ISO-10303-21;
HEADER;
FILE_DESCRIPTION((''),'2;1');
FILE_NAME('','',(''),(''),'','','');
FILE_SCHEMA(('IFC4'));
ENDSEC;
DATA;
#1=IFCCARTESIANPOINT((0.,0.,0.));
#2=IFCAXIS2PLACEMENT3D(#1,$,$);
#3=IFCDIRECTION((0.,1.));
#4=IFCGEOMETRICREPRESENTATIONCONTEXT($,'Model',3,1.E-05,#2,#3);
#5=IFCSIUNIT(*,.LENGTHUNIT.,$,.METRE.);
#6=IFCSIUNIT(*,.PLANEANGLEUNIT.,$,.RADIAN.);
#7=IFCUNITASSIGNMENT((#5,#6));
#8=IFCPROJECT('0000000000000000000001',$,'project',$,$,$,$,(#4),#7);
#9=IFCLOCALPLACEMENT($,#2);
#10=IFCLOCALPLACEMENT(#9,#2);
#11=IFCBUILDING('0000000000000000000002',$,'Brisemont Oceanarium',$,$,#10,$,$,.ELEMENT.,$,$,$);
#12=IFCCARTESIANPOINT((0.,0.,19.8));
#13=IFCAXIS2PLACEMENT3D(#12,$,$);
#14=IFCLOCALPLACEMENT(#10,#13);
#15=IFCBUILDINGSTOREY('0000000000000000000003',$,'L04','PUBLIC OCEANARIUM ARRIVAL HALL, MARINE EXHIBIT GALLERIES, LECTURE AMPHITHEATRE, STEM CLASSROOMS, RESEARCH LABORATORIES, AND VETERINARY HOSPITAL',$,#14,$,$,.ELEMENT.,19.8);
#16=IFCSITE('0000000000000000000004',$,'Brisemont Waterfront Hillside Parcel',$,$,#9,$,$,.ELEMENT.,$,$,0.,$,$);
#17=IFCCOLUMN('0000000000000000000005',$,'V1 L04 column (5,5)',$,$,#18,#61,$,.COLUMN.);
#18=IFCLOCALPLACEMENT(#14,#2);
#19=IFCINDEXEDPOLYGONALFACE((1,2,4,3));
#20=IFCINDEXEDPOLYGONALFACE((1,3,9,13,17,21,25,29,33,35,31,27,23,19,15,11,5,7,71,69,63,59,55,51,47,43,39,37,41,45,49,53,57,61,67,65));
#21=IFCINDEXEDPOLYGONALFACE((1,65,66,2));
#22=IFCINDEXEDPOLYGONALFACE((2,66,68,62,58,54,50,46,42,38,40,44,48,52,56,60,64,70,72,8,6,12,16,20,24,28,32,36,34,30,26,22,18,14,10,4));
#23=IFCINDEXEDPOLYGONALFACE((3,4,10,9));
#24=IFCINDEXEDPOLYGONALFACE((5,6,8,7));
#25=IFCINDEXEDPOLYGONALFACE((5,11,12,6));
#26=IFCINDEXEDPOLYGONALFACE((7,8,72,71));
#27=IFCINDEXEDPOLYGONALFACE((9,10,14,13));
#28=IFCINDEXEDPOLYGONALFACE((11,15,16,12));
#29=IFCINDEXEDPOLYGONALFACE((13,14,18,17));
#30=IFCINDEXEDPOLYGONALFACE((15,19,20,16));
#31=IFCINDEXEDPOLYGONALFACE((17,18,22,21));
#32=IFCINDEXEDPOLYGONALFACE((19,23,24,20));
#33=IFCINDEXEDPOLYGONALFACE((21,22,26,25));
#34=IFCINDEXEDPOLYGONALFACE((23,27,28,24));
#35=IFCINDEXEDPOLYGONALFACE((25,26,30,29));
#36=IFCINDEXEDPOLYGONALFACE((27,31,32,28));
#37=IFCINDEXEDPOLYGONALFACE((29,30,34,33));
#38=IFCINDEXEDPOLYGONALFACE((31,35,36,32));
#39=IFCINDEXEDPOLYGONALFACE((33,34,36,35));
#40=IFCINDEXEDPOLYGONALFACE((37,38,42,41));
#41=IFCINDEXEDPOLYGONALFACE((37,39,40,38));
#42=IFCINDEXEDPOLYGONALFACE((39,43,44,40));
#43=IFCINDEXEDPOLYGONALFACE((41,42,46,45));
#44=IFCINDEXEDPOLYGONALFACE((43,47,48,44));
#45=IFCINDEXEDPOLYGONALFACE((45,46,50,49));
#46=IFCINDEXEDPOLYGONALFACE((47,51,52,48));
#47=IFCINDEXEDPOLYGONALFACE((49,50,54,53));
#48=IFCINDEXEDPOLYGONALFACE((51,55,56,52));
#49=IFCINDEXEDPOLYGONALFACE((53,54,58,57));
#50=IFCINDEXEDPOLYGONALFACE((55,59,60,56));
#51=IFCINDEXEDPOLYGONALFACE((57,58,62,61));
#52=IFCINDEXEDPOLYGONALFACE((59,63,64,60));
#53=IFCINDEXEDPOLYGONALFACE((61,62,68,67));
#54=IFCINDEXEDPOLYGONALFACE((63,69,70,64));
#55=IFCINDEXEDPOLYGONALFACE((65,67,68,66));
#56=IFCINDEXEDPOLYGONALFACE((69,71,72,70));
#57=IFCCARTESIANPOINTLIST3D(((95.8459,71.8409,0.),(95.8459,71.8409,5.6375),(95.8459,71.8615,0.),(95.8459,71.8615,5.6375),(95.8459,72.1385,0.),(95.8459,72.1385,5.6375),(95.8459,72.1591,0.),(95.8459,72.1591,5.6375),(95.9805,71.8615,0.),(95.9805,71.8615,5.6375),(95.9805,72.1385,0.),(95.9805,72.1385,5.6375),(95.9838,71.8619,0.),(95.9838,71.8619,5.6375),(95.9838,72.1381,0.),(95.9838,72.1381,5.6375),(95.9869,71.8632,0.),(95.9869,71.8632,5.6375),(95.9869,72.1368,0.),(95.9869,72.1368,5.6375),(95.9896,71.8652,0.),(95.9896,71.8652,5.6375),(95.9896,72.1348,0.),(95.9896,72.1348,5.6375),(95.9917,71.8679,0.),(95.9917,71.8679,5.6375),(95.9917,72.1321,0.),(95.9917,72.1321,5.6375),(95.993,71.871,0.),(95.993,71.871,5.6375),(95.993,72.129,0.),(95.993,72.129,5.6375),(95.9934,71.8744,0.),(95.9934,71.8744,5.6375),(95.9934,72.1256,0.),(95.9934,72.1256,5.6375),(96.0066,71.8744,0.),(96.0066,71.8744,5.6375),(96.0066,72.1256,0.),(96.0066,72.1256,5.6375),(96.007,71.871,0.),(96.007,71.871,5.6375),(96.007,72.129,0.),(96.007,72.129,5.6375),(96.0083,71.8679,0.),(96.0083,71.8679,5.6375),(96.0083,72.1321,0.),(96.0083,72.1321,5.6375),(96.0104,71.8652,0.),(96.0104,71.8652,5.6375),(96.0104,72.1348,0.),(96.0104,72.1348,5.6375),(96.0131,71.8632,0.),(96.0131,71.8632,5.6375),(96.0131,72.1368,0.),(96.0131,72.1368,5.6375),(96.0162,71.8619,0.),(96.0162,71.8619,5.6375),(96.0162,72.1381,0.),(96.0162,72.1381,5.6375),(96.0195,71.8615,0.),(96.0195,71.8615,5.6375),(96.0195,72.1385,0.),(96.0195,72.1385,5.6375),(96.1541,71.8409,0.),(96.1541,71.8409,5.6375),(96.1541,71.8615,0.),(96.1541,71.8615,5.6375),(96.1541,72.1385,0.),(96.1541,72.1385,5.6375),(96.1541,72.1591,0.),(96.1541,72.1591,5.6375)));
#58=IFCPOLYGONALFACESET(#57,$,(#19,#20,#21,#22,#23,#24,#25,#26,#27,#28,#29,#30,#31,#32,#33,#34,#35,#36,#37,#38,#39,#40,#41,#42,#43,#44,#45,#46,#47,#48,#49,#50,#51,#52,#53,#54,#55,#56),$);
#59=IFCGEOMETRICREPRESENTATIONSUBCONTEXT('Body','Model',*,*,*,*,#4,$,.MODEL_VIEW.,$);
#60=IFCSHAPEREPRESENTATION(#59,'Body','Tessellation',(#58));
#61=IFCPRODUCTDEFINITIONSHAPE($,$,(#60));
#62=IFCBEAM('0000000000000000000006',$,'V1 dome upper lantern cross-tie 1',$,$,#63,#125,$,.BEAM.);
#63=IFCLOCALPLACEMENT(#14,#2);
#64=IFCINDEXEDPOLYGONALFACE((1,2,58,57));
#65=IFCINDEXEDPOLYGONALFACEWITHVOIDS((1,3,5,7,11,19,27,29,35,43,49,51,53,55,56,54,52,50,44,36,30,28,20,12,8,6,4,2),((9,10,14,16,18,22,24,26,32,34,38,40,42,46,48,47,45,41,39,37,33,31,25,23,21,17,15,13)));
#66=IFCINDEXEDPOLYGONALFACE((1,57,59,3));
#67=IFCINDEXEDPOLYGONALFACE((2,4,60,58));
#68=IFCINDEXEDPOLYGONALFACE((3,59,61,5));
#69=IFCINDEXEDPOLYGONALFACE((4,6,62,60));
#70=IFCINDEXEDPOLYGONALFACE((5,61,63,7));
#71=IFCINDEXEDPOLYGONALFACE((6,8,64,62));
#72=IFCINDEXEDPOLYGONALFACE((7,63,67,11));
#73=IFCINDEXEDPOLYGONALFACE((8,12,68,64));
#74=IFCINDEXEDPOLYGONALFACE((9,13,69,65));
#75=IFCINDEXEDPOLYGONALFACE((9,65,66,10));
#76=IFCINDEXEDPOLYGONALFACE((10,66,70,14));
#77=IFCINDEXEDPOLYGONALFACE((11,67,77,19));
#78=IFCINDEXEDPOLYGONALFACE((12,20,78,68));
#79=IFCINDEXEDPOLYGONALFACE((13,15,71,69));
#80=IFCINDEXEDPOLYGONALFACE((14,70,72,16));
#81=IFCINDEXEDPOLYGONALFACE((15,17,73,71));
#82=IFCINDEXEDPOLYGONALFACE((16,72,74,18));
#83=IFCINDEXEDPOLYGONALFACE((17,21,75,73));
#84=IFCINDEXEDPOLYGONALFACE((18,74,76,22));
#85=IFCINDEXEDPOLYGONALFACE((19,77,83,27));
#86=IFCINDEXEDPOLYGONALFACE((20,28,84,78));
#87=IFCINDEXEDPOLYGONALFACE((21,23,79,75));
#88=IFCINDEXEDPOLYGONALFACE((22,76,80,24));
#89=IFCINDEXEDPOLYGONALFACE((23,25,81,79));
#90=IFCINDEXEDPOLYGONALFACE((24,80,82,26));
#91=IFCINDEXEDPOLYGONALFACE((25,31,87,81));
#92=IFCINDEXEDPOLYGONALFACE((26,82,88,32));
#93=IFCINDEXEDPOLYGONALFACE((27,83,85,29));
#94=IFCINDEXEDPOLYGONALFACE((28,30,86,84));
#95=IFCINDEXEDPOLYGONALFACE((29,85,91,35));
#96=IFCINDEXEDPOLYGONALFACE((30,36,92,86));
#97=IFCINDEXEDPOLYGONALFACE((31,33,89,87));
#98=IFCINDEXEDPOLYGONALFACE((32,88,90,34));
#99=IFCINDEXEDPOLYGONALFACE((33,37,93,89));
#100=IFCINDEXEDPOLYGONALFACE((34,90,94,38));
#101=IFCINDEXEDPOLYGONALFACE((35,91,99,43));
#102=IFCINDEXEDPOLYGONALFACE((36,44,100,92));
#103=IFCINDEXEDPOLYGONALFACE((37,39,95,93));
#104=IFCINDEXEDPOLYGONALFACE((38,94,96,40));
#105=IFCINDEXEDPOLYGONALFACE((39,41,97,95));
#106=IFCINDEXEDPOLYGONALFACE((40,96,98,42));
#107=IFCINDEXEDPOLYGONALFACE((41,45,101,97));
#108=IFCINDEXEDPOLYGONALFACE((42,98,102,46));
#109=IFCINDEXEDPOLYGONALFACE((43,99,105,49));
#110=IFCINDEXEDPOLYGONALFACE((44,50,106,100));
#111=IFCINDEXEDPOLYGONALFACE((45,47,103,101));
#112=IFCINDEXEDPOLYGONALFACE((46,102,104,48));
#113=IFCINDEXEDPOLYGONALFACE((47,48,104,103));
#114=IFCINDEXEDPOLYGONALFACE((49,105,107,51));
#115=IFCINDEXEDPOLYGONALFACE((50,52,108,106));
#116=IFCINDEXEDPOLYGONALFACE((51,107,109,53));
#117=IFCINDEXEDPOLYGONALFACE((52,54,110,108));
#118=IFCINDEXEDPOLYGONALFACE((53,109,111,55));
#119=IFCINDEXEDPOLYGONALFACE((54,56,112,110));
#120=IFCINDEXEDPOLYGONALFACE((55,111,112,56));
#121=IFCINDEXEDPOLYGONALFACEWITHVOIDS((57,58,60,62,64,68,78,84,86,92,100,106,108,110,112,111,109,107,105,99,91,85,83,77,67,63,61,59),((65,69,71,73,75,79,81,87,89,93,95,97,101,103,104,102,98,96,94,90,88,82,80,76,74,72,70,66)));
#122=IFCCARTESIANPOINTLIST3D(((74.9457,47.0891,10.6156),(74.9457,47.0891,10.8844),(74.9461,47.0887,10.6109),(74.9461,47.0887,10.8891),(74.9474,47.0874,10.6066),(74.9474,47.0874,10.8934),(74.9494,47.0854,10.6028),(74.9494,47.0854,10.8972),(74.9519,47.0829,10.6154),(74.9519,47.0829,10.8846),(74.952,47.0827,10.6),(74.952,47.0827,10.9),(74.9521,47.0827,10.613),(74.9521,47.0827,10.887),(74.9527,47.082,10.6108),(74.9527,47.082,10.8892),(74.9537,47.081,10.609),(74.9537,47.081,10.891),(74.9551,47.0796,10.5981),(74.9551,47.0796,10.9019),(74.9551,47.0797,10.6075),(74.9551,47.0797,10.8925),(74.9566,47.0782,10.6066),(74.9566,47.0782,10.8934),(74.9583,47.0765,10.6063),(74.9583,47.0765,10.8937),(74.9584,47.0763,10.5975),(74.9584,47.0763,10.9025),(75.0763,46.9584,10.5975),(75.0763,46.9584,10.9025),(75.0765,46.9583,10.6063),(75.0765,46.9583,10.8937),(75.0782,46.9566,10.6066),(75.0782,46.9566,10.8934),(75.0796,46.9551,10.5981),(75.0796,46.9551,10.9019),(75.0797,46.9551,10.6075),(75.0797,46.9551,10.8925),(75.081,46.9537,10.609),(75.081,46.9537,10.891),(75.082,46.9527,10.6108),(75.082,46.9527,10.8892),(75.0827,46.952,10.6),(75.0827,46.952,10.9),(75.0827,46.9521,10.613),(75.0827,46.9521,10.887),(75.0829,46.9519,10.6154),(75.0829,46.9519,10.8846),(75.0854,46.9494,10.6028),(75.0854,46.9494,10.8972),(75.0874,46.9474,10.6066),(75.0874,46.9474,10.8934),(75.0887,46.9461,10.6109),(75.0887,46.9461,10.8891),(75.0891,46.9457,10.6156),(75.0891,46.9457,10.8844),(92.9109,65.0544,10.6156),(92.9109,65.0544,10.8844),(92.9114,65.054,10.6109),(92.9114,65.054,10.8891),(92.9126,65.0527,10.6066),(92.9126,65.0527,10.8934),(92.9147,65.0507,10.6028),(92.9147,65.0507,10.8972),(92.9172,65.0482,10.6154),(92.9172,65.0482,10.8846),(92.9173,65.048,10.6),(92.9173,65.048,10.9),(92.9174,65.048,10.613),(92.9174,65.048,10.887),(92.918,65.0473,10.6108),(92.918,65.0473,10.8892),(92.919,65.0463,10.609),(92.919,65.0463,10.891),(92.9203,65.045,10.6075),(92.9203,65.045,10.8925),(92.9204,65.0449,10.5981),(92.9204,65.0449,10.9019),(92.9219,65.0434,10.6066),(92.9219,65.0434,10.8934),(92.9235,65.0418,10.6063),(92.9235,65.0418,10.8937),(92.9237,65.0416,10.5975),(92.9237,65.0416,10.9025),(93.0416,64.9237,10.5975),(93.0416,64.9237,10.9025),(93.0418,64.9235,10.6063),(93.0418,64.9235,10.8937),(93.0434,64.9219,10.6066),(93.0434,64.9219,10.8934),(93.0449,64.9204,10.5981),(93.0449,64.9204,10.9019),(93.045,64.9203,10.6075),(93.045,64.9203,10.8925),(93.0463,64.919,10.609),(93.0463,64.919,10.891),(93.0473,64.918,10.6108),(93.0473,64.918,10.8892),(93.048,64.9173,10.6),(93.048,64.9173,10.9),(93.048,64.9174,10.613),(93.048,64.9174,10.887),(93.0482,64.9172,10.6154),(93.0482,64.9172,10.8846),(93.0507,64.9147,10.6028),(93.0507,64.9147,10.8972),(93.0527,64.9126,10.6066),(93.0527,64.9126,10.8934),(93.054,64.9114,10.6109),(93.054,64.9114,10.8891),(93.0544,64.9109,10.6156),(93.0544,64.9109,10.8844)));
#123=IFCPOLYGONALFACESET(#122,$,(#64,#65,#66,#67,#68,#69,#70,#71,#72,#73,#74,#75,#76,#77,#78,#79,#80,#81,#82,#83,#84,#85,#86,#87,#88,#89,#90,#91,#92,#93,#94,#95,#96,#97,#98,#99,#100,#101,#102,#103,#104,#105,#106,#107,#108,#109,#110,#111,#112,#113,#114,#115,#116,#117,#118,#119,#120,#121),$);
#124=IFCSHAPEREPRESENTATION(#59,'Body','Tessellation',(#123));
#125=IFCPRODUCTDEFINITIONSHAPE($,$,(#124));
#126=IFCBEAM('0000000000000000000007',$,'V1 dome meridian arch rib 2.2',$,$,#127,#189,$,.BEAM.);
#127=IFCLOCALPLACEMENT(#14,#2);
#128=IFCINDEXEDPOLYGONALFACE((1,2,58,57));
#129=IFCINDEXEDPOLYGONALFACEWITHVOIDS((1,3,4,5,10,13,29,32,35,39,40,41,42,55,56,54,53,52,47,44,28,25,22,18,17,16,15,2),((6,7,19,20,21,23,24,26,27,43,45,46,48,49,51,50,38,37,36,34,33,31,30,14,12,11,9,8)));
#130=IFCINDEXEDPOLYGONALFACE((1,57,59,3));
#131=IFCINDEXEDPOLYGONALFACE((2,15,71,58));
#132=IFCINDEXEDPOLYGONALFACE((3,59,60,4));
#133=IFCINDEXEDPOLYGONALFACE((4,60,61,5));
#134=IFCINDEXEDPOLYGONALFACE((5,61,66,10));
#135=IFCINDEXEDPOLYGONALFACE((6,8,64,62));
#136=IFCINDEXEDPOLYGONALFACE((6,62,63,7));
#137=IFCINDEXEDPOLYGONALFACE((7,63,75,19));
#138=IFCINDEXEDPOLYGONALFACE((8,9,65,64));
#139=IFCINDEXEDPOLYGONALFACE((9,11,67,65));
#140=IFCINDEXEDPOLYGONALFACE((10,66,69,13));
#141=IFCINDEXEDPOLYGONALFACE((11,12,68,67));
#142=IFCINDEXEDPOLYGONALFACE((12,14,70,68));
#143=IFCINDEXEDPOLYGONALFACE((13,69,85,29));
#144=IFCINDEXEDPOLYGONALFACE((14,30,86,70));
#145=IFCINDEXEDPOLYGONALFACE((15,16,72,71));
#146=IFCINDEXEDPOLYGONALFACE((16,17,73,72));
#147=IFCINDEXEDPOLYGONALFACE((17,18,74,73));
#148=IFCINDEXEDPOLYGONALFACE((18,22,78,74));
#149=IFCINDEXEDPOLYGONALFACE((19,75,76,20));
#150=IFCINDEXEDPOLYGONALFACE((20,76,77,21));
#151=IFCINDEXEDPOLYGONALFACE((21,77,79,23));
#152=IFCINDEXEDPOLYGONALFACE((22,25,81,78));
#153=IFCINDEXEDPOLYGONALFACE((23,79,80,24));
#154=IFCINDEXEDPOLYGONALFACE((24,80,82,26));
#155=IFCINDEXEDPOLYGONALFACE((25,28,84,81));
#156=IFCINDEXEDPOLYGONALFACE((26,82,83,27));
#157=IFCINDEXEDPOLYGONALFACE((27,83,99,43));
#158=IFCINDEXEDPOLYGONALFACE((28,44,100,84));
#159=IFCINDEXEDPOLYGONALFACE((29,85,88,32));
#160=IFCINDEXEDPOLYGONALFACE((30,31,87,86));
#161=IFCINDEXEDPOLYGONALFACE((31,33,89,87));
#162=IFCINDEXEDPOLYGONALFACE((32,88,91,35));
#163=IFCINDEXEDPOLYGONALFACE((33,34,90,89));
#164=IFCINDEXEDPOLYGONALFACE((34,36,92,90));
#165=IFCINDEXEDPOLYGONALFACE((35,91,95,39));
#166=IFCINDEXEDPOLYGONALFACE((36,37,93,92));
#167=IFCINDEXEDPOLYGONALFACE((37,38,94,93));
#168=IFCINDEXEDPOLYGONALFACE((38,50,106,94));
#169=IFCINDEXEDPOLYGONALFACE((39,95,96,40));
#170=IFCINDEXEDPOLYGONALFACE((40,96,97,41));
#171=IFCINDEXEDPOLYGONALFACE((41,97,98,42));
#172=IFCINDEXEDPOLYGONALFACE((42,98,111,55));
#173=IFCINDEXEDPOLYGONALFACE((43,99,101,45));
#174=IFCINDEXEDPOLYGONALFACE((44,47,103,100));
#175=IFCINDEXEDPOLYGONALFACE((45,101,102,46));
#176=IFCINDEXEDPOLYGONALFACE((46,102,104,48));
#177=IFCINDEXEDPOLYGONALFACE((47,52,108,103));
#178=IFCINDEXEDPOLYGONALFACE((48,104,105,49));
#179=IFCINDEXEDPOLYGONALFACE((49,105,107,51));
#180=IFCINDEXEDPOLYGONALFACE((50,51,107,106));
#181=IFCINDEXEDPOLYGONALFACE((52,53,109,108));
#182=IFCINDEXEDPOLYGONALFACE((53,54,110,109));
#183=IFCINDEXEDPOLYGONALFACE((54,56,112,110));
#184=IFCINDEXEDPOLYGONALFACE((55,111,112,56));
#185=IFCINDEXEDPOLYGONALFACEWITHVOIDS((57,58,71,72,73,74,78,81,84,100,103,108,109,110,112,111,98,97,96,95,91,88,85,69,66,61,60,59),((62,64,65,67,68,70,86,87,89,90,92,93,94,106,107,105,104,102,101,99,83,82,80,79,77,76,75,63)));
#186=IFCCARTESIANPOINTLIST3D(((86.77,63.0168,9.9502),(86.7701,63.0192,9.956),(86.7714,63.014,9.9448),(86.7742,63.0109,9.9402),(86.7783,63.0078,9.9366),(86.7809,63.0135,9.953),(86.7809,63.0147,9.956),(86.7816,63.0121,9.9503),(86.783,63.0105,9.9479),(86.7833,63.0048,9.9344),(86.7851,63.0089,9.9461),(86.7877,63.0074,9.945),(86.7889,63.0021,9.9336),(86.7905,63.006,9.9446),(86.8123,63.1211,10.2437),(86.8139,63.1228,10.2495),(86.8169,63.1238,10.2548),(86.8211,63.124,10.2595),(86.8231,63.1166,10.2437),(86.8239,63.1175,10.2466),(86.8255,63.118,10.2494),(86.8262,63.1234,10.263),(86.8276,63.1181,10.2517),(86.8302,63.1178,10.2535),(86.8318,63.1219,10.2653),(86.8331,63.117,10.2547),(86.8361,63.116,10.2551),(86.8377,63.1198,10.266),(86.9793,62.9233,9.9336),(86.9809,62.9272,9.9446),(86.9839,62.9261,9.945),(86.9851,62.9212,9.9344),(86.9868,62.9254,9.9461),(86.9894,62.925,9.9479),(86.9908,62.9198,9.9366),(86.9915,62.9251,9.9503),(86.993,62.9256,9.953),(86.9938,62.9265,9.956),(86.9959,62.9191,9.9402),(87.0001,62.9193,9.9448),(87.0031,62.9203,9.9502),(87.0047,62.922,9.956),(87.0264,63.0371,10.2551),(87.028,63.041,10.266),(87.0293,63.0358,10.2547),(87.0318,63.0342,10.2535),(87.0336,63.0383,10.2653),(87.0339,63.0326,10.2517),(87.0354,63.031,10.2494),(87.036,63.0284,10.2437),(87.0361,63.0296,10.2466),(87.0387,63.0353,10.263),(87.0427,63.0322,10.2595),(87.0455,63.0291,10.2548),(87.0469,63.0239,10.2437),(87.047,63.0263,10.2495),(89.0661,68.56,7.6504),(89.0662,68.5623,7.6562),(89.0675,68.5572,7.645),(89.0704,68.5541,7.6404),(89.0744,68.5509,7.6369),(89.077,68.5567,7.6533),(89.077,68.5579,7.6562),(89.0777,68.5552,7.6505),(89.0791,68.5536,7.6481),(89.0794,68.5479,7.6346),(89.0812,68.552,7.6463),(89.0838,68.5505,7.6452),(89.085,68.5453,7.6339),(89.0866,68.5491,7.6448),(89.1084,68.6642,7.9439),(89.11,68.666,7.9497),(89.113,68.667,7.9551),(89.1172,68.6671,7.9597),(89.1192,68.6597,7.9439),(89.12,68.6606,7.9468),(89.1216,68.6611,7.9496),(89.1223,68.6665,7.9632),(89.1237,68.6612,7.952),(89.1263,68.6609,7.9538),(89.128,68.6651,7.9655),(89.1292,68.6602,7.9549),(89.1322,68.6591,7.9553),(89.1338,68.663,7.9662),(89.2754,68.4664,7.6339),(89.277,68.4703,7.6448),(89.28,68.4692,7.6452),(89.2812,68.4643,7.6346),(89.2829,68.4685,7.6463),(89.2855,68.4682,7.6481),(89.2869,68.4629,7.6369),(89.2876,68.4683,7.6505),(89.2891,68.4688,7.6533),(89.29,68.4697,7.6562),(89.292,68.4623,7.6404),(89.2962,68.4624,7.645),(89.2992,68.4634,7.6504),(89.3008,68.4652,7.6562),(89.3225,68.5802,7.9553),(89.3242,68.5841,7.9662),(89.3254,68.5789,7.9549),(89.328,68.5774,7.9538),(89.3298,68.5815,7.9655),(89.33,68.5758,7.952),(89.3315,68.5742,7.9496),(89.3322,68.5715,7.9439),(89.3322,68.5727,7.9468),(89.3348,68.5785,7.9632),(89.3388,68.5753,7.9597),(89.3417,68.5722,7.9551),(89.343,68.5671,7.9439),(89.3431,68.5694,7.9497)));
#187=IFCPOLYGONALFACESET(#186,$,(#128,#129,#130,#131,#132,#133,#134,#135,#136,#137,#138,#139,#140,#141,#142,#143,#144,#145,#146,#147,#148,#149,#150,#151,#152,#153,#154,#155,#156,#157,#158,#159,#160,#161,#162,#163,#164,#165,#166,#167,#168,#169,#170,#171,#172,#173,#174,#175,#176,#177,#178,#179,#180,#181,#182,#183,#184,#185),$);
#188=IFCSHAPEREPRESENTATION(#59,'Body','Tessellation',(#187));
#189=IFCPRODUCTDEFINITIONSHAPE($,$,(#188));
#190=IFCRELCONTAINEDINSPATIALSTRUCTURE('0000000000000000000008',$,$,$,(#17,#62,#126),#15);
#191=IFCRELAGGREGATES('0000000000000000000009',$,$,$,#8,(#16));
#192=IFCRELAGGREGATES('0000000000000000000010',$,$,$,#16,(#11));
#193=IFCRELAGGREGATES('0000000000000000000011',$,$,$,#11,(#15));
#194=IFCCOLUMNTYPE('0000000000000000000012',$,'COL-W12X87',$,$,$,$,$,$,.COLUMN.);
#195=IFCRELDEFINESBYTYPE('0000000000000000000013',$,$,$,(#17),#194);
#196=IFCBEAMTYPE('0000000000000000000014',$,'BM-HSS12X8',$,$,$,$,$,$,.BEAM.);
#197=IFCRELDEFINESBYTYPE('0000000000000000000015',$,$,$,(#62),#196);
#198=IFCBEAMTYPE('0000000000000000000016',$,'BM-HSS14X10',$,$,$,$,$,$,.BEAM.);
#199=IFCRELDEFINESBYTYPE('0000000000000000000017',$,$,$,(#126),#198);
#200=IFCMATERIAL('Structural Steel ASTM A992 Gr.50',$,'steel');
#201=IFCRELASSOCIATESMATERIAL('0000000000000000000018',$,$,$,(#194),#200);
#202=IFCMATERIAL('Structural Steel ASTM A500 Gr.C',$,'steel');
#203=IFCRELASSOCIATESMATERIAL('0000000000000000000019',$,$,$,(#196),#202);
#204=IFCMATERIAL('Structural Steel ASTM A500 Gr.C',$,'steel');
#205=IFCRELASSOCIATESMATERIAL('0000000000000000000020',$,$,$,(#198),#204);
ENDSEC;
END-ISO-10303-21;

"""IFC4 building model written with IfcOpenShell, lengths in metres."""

from ifc_helpers import new_model, si_unit, direction, frame, origin, origin_2d, place, context, subcontext, project, spatial, hollow_rectangle, i_section, extrude, material, material_profile, profile_set, type_object, element, save


model = new_model("IFC4")

# Units and contexts
model_context = context("Model", 3, precision=1e-05, world=origin(), true_north=direction((0.0, 1.0)))
body_context = subcontext(model_context, "Body", "Model", "MODEL_VIEW")
ifc_project = project(units=[si_unit("LENGTHUNIT", "METRE"), si_unit("PLANEANGLEUNIT", "RADIAN")], contexts=[model_context])

# Site, building, storey
site_placement = place(None, origin())
site = spatial("IfcSite", under=ifc_project, at=site_placement, Name="Brisemont Waterfront Hillside Parcel", CompositionType="ELEMENT", RefElevation=0.0)
building_placement = place(site_placement, origin())
building = spatial("IfcBuilding", under=site, at=building_placement, Name="Brisemont Oceanarium", CompositionType="ELEMENT")
storey_placement = place(building_placement, frame((0.0, 0.0, 19.8)))
storey = spatial("IfcBuildingStorey", under=building, at=storey_placement, Name="L04", Description="PUBLIC OCEANARIUM ARRIVAL HALL, MARINE EXHIBIT GALLERIES, LECTURE AMPHITHEATRE, STEM CLASSROOMS, RESEARCH LABORATORIES, AND VETERINARY HOSPITAL", CompositionType="ELEMENT", Elevation=19.8)

# Column
ifc_material_1 = material(Name="Structural Steel ASTM A992 Gr.50", Category="steel")
ifc_material_profile_1 = material_profile(ifc_material_1, i_section(OverallWidth=0.3081, OverallDepth=0.3181, WebThickness=0.0132, FlangeThickness=0.0205, FilletRadius=0.0129, at=origin_2d()), Name="W12X87")
ifc_profile_set_1 = profile_set([ifc_material_profile_1], Name="Structural Steel ASTM A992 Gr.50")
column_type = type_object("IfcColumnType", Name="COL-W12X87", PredefinedType="COLUMN", material=ifc_profile_set_1)
column_placement = place(storey_placement, frame((96.0, 72.0, 0.0), z_axis=(0.0, 0.0, 1.0), x_axis=(1.0, 0.0, 0.0)))
element("IfcColumn", 1, at=column_placement, inside=storey, type_object=column_type, Name="V1 L04 column (5,5)", PredefinedType="COLUMN", context=body_context, shape_type="SweptSolid", body=[
    extrude(i_section(OverallWidth=0.3081, OverallDepth=0.3181, WebThickness=0.0132, FlangeThickness=0.0205, FilletRadius=0.0129, at=origin_2d()), origin(), (0.0, 0.0, 1.0), 5.6375),
])

# Beams
ifc_material_2 = material(Name="Structural Steel ASTM A500 Gr.C", Category="steel")
ifc_material_profile_2 = material_profile(ifc_material_2, hollow_rectangle(XDim=0.2029, YDim=0.3049, WallThickness=0.0088, InnerFilletRadius=0.009, OuterFilletRadius=0.0181, at=origin_2d()), Name="HSS12X8X3/8")
ifc_profile_set_2 = profile_set([ifc_material_profile_2], Name="Structural Steel ASTM A500 Gr.C")
beam_type_1 = type_object("IfcBeamType", Name="BM-HSS12X8", PredefinedType="BEAM", material=ifc_profile_set_2)
beam_1_placement = place(storey_placement, frame((92.9827, 64.9827, 10.75), z_axis=(-0.707107, -0.707107, 0.0), x_axis=(0.707107, -0.707107, 0.0)))
element("IfcBeam", 2, at=beam_1_placement, inside=storey, type_object=beam_type_1, Name="V1 dome upper lantern cross-tie 1", PredefinedType="BEAM", context=body_context, shape_type="SweptSolid", body=[
    extrude(hollow_rectangle(XDim=0.2029, YDim=0.3049, WallThickness=0.0088, InnerFilletRadius=0.009, OuterFilletRadius=0.0181, at=origin_2d()), origin(), (0.0, 0.0, 1.0), 25.4067),
])
ifc_material_3 = material(Name="Structural Steel ASTM A500 Gr.C", Category="steel")
ifc_material_profile_3 = material_profile(ifc_material_3, hollow_rectangle(XDim=0.2539, YDim=0.356, WallThickness=0.0117, InnerFilletRadius=0.0122, OuterFilletRadius=0.0239, at=origin_2d()), Name="HSS14X10X1/2")
ifc_profile_set_3 = profile_set([ifc_material_profile_3], Name="Structural Steel ASTM A500 Gr.C")
beam_type_2 = type_object("IfcBeamType", Name="BM-HSS14X10", PredefinedType="BEAM", material=ifc_profile_set_3)
beam_2_placement = place(storey_placement, frame((89.2046, 68.5647, 7.8), z_axis=(-0.357342, -0.862674, 0.357912), x_axis=(0.923875, -0.382693, 0.0)))
element("IfcBeam", 3, at=beam_2_placement, inside=storey, type_object=beam_type_2, Name="V1 dome meridian arch rib 2.2", PredefinedType="BEAM", context=body_context, shape_type="SweptSolid", body=[
    extrude(hollow_rectangle(XDim=0.2539, YDim=0.356, WallThickness=0.0117, InnerFilletRadius=0.0122, OuterFilletRadius=0.0239, at=origin_2d()), origin(), (0.0, 0.0, 1.0), 6.4255),
])

save(model, "model.ifc")
